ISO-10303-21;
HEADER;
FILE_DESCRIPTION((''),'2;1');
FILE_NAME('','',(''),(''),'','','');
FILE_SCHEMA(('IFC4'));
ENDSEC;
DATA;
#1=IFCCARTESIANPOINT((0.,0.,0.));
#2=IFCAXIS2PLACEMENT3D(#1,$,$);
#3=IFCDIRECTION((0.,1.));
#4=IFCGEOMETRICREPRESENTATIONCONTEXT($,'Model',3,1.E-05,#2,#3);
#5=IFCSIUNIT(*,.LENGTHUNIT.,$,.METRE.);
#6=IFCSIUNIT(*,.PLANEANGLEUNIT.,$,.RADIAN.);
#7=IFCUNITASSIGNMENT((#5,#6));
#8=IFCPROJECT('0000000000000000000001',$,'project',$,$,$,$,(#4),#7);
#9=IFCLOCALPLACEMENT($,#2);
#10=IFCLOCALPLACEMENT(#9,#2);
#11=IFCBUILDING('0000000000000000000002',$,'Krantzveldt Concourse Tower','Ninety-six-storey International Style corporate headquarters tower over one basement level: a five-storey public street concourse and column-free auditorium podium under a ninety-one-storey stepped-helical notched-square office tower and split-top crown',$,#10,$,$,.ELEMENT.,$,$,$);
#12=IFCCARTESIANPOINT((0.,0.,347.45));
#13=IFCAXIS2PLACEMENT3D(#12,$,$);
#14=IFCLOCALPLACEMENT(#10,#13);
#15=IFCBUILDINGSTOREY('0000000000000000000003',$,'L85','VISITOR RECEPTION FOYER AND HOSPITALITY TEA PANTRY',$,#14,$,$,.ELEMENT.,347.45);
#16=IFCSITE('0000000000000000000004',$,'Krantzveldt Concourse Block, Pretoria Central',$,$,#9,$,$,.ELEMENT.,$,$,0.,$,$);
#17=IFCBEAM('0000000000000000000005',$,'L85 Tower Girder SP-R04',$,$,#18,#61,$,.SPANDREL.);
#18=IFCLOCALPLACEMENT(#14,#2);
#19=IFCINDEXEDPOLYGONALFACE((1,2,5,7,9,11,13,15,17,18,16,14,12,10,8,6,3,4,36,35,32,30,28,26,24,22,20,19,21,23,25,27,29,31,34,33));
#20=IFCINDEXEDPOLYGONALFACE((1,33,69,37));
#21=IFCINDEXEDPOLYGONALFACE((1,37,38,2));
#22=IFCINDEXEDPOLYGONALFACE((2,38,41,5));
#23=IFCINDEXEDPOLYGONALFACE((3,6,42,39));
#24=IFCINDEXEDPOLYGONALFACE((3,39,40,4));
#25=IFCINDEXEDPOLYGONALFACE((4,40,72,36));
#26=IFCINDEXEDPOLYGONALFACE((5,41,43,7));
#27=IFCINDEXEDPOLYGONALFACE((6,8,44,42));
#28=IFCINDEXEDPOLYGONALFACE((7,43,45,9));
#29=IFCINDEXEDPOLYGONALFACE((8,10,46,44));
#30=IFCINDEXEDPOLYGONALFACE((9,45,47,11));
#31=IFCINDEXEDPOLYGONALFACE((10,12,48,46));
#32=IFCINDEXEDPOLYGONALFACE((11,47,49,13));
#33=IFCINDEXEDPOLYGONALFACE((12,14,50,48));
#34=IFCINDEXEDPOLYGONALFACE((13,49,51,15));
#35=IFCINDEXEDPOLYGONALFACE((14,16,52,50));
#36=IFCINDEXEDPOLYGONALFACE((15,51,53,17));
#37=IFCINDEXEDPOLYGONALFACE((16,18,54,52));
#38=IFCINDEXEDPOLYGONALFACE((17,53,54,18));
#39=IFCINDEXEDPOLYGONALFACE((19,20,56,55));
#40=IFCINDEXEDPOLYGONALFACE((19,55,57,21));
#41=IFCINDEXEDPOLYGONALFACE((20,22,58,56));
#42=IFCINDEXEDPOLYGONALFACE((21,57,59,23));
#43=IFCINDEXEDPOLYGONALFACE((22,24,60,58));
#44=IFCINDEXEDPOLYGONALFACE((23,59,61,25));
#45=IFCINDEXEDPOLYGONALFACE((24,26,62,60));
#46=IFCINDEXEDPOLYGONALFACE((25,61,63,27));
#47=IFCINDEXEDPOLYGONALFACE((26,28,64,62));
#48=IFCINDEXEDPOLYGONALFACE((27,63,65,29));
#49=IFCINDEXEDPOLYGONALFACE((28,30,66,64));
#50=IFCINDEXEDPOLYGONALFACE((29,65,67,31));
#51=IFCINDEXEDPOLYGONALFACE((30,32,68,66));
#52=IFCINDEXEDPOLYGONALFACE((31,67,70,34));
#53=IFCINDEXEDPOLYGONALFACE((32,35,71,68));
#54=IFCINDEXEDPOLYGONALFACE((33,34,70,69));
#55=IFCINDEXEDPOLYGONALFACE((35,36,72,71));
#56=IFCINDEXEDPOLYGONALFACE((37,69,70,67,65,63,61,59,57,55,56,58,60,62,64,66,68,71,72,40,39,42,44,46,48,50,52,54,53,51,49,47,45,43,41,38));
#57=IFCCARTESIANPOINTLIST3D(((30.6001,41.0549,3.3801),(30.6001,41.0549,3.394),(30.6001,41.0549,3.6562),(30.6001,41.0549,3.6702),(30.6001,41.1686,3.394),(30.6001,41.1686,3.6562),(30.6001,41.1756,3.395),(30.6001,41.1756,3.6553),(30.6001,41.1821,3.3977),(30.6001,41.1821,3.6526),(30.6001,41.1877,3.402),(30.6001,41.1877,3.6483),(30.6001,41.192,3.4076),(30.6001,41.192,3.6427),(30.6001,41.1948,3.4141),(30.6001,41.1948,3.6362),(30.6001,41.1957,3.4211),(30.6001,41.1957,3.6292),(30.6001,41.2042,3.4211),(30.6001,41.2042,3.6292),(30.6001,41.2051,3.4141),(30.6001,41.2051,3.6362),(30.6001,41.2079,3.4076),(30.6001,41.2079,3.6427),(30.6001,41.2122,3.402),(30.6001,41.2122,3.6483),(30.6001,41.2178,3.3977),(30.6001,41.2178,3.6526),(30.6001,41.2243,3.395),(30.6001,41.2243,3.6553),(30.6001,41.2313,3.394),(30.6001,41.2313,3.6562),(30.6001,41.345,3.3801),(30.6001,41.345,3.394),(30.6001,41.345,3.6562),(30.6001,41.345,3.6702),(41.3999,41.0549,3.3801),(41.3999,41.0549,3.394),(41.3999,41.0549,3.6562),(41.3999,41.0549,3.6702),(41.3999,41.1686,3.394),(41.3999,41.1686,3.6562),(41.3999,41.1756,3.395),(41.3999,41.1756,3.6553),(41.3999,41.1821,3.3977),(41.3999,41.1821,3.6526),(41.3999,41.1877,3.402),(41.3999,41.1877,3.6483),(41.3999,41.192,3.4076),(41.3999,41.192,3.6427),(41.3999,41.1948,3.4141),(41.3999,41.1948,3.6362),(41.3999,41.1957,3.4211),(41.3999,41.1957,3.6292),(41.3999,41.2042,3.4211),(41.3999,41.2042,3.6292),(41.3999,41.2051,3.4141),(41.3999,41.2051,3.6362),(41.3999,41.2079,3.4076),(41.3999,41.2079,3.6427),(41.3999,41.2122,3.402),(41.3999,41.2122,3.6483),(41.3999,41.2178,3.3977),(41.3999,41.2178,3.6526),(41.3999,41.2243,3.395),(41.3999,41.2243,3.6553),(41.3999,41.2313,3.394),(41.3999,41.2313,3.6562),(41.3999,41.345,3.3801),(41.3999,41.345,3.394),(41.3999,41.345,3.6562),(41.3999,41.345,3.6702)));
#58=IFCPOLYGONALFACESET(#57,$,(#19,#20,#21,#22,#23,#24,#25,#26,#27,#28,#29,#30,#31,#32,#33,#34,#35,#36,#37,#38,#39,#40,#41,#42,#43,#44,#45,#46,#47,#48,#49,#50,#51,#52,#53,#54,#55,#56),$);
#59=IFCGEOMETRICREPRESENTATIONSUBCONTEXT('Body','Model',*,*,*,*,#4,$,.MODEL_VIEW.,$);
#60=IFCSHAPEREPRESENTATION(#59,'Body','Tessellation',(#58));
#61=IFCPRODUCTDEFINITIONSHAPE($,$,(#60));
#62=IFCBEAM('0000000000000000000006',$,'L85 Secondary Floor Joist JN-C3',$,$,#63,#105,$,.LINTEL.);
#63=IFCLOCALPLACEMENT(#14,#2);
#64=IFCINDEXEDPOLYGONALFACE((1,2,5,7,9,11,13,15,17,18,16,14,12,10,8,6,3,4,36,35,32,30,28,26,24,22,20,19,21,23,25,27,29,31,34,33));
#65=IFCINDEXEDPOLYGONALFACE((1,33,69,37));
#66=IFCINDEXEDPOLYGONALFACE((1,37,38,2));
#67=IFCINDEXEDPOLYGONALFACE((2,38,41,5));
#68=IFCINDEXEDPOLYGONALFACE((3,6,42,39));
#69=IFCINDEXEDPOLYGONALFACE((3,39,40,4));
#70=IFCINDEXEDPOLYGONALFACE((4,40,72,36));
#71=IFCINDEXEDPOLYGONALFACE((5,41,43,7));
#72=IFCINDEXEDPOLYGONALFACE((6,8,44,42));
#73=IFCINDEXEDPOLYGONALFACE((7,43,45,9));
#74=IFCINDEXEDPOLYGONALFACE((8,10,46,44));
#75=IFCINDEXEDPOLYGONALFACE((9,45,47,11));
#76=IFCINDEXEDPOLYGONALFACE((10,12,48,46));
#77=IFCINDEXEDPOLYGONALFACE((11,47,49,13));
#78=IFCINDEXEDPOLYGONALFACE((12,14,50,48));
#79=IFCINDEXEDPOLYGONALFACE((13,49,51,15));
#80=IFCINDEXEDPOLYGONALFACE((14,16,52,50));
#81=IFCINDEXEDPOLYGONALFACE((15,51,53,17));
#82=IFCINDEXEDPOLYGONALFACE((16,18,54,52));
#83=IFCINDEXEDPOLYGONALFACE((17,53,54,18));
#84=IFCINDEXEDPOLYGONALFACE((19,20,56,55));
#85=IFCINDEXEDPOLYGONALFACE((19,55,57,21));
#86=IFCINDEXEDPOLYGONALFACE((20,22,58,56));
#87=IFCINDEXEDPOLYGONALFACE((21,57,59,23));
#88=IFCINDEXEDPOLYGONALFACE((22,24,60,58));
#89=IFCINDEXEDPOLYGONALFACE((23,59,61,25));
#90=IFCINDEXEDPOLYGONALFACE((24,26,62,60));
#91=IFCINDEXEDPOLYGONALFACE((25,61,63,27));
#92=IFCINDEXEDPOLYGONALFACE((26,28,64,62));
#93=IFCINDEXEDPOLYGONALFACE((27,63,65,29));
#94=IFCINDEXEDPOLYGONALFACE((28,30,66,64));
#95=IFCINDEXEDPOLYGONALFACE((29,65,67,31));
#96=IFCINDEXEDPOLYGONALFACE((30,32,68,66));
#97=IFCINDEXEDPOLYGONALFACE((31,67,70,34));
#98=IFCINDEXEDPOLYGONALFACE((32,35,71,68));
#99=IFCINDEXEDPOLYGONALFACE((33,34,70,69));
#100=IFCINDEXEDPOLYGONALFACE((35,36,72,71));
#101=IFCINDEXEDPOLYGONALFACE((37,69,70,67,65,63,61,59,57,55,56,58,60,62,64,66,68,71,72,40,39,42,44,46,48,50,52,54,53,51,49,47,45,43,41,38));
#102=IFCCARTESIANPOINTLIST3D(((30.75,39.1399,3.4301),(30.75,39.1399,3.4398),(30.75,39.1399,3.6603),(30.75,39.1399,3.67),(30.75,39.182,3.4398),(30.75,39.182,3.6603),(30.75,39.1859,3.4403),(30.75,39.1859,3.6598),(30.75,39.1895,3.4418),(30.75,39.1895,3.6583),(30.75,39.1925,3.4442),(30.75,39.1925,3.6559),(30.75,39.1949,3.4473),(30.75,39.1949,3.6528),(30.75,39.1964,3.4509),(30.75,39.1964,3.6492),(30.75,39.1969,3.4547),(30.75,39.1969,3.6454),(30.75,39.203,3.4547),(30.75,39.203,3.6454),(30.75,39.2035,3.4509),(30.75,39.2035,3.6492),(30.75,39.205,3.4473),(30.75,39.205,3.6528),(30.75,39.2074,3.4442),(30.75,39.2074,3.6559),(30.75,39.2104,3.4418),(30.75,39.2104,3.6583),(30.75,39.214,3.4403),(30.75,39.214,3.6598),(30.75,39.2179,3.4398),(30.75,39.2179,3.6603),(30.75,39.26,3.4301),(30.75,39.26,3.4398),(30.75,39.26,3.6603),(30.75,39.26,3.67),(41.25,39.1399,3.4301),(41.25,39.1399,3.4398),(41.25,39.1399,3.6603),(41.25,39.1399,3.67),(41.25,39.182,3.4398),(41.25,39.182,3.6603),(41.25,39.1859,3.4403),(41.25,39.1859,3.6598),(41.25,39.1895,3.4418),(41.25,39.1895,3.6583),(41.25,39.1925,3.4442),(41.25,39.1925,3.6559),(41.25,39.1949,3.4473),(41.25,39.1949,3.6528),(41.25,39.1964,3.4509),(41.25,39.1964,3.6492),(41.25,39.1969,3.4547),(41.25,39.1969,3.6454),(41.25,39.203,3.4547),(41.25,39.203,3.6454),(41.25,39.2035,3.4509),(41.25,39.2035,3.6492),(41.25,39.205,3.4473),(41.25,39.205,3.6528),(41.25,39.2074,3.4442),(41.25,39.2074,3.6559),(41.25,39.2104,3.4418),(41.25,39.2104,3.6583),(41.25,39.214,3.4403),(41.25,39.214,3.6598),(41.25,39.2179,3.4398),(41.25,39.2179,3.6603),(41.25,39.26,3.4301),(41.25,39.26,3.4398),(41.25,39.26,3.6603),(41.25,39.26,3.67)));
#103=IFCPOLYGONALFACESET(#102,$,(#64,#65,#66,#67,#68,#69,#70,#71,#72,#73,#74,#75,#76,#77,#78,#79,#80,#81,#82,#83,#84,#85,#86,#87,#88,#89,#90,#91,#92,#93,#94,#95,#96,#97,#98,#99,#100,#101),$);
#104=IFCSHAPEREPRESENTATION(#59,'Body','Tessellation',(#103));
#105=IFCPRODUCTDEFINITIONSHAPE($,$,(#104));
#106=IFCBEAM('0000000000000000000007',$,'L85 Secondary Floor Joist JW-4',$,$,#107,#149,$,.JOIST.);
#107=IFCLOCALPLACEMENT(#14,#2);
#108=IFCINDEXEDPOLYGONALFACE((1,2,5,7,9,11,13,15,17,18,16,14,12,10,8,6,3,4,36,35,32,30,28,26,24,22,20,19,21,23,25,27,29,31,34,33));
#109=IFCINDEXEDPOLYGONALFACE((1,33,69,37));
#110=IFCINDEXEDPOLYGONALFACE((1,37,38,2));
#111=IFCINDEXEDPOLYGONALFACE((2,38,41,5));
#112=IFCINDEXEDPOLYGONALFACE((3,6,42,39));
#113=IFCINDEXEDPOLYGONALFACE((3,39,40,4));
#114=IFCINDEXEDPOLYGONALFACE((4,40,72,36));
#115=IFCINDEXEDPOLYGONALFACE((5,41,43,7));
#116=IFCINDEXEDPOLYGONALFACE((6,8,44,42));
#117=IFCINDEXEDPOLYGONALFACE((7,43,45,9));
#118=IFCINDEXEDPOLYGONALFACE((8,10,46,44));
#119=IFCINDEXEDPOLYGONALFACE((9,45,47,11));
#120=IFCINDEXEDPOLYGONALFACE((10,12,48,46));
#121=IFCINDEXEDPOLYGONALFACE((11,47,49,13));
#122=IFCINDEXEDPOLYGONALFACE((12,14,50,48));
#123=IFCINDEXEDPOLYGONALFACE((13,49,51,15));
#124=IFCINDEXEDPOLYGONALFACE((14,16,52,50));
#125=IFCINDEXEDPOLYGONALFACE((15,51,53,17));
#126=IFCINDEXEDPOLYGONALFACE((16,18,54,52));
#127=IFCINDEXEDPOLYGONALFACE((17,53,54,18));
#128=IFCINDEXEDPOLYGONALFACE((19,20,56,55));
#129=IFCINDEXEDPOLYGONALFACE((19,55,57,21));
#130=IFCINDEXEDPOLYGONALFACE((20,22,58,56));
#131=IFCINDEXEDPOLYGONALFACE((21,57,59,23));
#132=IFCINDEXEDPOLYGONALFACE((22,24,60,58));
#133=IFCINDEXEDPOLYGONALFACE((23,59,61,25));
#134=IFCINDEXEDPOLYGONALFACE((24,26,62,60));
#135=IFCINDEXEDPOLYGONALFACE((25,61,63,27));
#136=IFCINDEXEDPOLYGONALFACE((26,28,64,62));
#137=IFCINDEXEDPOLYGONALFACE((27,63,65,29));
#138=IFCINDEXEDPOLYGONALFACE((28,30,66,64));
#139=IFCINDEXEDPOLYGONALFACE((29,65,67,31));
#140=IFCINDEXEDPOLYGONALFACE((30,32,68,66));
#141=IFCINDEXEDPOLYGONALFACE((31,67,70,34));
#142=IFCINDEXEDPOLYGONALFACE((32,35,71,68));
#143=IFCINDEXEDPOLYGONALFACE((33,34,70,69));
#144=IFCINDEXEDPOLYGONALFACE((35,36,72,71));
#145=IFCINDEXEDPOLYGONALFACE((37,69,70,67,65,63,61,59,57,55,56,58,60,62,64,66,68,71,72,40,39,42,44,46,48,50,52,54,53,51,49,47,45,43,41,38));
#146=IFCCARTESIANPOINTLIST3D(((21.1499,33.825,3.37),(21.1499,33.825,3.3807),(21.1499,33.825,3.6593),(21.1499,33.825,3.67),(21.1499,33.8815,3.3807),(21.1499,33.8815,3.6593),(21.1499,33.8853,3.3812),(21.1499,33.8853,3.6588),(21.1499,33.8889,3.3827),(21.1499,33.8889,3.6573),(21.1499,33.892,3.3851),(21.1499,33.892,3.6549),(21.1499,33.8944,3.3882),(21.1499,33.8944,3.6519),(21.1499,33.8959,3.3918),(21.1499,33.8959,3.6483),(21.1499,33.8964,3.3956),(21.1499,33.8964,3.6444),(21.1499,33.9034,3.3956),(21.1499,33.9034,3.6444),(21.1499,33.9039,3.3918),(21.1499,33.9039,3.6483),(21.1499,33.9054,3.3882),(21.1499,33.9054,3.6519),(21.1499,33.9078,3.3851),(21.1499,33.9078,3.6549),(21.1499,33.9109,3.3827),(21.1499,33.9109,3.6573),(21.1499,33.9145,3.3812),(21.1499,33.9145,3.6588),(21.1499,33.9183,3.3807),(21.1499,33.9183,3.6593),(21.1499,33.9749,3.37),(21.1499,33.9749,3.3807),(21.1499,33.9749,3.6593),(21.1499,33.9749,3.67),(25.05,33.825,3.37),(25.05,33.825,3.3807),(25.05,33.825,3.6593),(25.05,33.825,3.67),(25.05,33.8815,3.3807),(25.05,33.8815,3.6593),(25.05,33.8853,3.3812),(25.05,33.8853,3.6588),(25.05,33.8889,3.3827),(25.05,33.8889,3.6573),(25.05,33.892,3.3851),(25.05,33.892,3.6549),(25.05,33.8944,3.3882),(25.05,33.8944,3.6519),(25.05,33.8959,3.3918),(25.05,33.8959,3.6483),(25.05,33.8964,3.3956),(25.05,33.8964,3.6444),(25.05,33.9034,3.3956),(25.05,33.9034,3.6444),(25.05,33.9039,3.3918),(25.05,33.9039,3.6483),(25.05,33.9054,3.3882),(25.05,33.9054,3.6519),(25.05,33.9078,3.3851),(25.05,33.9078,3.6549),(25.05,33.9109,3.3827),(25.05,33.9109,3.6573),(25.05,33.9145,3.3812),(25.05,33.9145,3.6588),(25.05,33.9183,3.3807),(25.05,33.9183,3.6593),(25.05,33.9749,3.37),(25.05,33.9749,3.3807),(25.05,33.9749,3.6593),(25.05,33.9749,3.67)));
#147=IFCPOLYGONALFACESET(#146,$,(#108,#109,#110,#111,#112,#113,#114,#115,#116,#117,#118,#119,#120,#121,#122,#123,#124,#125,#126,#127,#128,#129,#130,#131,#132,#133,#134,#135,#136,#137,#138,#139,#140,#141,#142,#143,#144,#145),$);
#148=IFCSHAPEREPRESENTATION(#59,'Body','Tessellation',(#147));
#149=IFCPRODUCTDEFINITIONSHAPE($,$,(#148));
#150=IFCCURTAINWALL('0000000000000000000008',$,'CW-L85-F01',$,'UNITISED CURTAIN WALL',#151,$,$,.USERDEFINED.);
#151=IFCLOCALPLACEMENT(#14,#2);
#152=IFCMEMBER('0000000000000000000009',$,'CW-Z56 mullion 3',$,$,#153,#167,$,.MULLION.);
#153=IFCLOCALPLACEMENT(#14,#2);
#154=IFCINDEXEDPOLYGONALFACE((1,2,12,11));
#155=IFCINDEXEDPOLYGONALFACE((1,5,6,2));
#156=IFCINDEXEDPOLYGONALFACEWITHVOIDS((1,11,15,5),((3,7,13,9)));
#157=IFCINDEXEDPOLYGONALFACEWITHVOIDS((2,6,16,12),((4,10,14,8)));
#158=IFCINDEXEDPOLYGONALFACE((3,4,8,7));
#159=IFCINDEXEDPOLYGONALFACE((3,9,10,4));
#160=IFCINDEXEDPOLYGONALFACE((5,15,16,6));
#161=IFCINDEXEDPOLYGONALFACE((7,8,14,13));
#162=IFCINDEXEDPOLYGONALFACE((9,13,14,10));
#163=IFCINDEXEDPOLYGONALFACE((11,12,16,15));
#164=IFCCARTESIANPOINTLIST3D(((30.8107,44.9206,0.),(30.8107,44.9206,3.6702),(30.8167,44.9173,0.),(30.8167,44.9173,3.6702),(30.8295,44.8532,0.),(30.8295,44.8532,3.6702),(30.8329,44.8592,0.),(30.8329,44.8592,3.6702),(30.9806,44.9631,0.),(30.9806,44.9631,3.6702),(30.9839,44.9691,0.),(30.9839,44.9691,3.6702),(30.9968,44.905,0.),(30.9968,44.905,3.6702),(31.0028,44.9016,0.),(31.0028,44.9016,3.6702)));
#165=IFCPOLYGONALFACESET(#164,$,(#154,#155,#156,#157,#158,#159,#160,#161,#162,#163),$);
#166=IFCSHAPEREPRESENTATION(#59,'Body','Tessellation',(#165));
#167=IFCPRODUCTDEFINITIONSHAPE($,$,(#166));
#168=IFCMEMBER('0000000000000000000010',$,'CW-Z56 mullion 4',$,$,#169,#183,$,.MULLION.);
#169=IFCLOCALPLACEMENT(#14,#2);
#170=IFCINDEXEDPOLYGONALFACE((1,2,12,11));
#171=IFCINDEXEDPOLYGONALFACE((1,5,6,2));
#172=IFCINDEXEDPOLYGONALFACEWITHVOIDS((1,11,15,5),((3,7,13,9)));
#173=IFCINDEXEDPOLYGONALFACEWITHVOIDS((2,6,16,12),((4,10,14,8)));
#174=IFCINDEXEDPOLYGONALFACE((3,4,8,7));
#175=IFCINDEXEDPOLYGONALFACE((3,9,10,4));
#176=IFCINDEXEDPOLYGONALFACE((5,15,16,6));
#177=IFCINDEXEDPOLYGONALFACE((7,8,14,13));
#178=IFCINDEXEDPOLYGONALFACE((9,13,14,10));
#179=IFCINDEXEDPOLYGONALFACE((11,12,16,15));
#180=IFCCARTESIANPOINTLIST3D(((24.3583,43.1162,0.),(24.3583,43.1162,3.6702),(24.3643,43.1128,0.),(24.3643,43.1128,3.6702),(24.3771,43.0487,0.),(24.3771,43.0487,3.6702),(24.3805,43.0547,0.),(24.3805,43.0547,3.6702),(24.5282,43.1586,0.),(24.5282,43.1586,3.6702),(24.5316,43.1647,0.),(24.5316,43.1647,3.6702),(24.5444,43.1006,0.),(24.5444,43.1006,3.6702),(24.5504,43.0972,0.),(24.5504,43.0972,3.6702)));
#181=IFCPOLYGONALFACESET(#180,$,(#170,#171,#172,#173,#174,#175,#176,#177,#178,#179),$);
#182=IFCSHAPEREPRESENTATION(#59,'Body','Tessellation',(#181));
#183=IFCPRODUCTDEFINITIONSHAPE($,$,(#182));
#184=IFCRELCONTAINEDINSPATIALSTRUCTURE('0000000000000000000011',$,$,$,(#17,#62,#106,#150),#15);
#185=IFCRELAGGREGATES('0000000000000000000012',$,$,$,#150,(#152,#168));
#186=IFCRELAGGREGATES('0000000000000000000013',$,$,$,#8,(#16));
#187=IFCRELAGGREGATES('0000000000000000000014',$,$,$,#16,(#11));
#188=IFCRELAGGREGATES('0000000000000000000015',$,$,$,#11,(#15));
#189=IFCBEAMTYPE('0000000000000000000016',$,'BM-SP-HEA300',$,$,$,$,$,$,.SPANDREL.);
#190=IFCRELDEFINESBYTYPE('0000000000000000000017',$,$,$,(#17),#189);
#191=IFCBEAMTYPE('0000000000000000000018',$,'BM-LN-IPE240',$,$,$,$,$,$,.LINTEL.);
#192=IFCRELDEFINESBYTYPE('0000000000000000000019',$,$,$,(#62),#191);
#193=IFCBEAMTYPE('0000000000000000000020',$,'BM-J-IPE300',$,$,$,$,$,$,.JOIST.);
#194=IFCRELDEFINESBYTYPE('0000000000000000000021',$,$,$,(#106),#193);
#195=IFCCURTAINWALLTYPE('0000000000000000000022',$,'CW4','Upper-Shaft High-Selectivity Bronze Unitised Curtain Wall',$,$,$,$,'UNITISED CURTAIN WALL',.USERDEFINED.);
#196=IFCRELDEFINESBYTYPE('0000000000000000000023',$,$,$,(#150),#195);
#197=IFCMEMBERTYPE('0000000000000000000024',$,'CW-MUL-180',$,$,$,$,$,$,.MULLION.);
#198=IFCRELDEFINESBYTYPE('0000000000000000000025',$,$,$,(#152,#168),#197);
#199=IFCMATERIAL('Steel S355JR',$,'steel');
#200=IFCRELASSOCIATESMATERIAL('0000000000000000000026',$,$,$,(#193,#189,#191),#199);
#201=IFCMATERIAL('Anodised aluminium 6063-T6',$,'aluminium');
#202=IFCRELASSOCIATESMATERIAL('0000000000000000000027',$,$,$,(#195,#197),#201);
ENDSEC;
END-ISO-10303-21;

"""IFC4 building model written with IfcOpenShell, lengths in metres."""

from ifc_helpers import new_model, si_unit, direction, frame, origin, origin_2d, place, context, subcontext, project, spatial, hollow_rectangle, i_section, extrude, source, transform, mapped, material, material_profile, profile_set, type_object, type_shapes, element, aggregate, save


model = new_model("IFC4")

# Units and contexts
model_context = context("Model", 3, precision=1e-05, world=origin(), true_north=direction((0.0, 1.0)))
body_context = subcontext(model_context, "Body", "Model", "MODEL_VIEW")
ifc_project = project(units=[si_unit("LENGTHUNIT", "METRE"), si_unit("PLANEANGLEUNIT", "RADIAN")], contexts=[model_context])

# Site, building, storey
site_placement = place(None, origin())
site = spatial("IfcSite", under=ifc_project, at=site_placement, Name="Krantzveldt Concourse Block, Pretoria Central", CompositionType="ELEMENT", RefElevation=0.0)
building_placement = place(site_placement, origin())
building = spatial("IfcBuilding", under=site, at=building_placement, Name="Krantzveldt Concourse Tower", Description="Ninety-six-storey International Style corporate headquarters tower over one basement level: a five-storey public street concourse and column-free auditorium podium under a ninety-one-storey stepped-helical notched-square office tower and split-top crown", CompositionType="ELEMENT")
storey_placement = place(building_placement, frame((0.0, 0.0, 347.45)))
storey = spatial("IfcBuildingStorey", under=building, at=storey_placement, Name="L85", Description="VISITOR RECEPTION FOYER AND HOSPITALITY TEA PANTRY", CompositionType="ELEMENT", Elevation=347.45)

# Beams
ifc_material_1 = material(Name="Steel S355JR", Category="steel")
ifc_material_profile_1 = material_profile(ifc_material_1, i_section(OverallWidth=0.1499, OverallDepth=0.3, WebThickness=0.0071, FlangeThickness=0.0107, FilletRadius=0.0149, at=origin_2d()), Name="Steel S355JR", Category="steel")
ifc_profile_set_1 = profile_set([ifc_material_profile_1], Name="Steel S355JR - IPE 300")
beam_type_1 = type_object("IfcBeamType", Name="BM-J-IPE300", PredefinedType="JOIST", material=ifc_profile_set_1)
ifc_material_profile_2 = material_profile(ifc_material_1, i_section(OverallWidth=0.29, OverallDepth=0.29, WebThickness=0.0085, FlangeThickness=0.0139, FilletRadius=0.0271, at=origin_2d()), Name="Steel S355JR", Category="steel")
ifc_profile_set_2 = profile_set([ifc_material_profile_2], Name="Steel S355JR - HEA 300")
beam_type_2 = type_object("IfcBeamType", Name="BM-SP-HEA300", PredefinedType="SPANDREL", material=ifc_profile_set_2)
shared_shape_1 = source(origin(), body_context, "Body", "SweptSolid", [
    extrude(i_section(OverallWidth=0.29, OverallDepth=0.29, WebThickness=0.0085, FlangeThickness=0.0139, FilletRadius=0.0271, at=origin_2d()), origin(), (0.0, 0.0, 1.0), 10.7998),
])
beam_1_placement = place(storey_placement, frame((30.6001, 41.2, 3.5251), z_axis=(1.0, 0.0, 0.0), x_axis=(0.0, 1.0, 0.0)))
element("IfcBeam", 1, at=beam_1_placement, inside=storey, type_object=beam_type_2, Name="L85 Tower Girder SP-R04", PredefinedType="SPANDREL", context=body_context, shape_type="MappedRepresentation", body=[
    mapped(shared_shape_1, transform((0.0, 0.0, 0.0), x_axis=(1.0, 0.0, 0.0), y_axis=(0.0, 1.0, 0.0), z_axis=(0.0, 0.0, 1.0), scale=1.0)),
])
ifc_material_profile_3 = material_profile(ifc_material_1, i_section(OverallWidth=0.1201, OverallDepth=0.24, WebThickness=0.0061, FlangeThickness=0.0098, FilletRadius=0.0149, at=origin_2d()), Name="Steel S355JR", Category="steel")
ifc_profile_set_3 = profile_set([ifc_material_profile_3], Name="Steel S355JR - IPE 240")
beam_type_3 = type_object("IfcBeamType", Name="BM-LN-IPE240", PredefinedType="LINTEL", material=ifc_profile_set_3)
shared_shape_2 = source(origin(), body_context, "Body", "SweptSolid", [
    extrude(i_section(OverallWidth=0.1201, OverallDepth=0.24, WebThickness=0.0061, FlangeThickness=0.0098, FilletRadius=0.0149, at=origin_2d()), origin(), (0.0, 0.0, 1.0), 10.5),
])
type_shapes(beam_type_3, [shared_shape_2])
beam_2_placement = place(storey_placement, frame((30.75, 39.2, 3.55), z_axis=(1.0, 0.0, 0.0), x_axis=(0.0, 1.0, 0.0)))
element("IfcBeam", 2, at=beam_2_placement, inside=storey, type_object=beam_type_3, Name="L85 Secondary Floor Joist JN-C3", PredefinedType="LINTEL", context=body_context, shape_type="MappedRepresentation", body=[
    mapped(shared_shape_2, transform((0.0, 0.0, 0.0), x_axis=(1.0, 0.0, 0.0), y_axis=(0.0, 1.0, 0.0), z_axis=(0.0, 0.0, 1.0), scale=1.0)),
])
shared_shape_3 = source(origin(), body_context, "Body", "SweptSolid", [
    extrude(i_section(OverallWidth=0.1499, OverallDepth=0.3, WebThickness=0.0071, FlangeThickness=0.0107, FilletRadius=0.0149, at=origin_2d()), origin(), (0.0, 0.0, 1.0), 3.9001),
])
beam_3_placement = place(storey_placement, frame((21.1499, 33.8999, 3.52), z_axis=(1.0, 0.0, 0.0), x_axis=(0.0, 1.0, 0.0)))
element("IfcBeam", 3, at=beam_3_placement, inside=storey, type_object=beam_type_1, Name="L85 Secondary Floor Joist JW-4", PredefinedType="JOIST", context=body_context, shape_type="MappedRepresentation", body=[
    mapped(shared_shape_3, transform((0.0, 0.0, 0.0), x_axis=(1.0, 0.0, 0.0), y_axis=(0.0, 1.0, 0.0), z_axis=(0.0, 0.0, 1.0), scale=1.0)),
])

# Curtain wall, members
ifc_material_2 = material(Name="Anodised aluminium 6063-T6", Category="aluminium")
curtain_wall_type = type_object("IfcCurtainWallType", Name="CW4", Description="Upper-Shaft High-Selectivity Bronze Unitised Curtain Wall", ElementType="UNITISED CURTAIN WALL", PredefinedType="USERDEFINED", material=ifc_material_2)
curtain_wall_1_placement = place(storey_placement, origin())
curtain_wall_1 = element("IfcCurtainWall", 4, at=curtain_wall_1_placement, inside=storey, type_object=curtain_wall_type, Name="CW-L85-F01", ObjectType="UNITISED CURTAIN WALL", PredefinedType="USERDEFINED")
ifc_material_profile_4 = material_profile(ifc_material_2, hollow_rectangle(XDim=0.0701, YDim=0.1799, WallThickness=0.0049, at=origin_2d()), Name="Anodised aluminium 6063-T6", Category="aluminium")
ifc_profile_set_4 = profile_set([ifc_material_profile_4], Name="Anodised aluminium 6063-T6 - ALU-MULL 180x70x5")
member_type_1 = type_object("IfcMemberType", Name="CW-MUL-180", PredefinedType="MULLION", material=ifc_profile_set_4)
shared_shape_4 = source(origin(), body_context, "Body", "SweptSolid", [
    extrude(hollow_rectangle(XDim=0.0701, YDim=0.1799, WallThickness=0.0049, at=origin_2d()), origin(), (0.0, 0.0, 1.0), 3.6702),
])
type_shapes(member_type_1, [shared_shape_4])
member_1_placement = place(storey_placement, frame((30.9067, 44.9111, 0.0), z_axis=(0.0, 0.0, 1.0), x_axis=(0.26934, -0.963045, 0.0)))
member_1 = element("IfcMember", 5, at=member_1_placement, type_object=member_type_1, Name="CW-Z56 mullion 3", PredefinedType="MULLION", context=body_context, shape_type="MappedRepresentation", body=[
    mapped(shared_shape_4, transform((0.0, 0.0, 0.0), x_axis=(1.0, 0.0, 0.0), y_axis=(0.0, 1.0, 0.0), z_axis=(0.0, 0.0, 1.0), scale=1.0)),
])
member_2_placement = place(storey_placement, frame((24.4543, 43.1067, 0.0), z_axis=(0.0, 0.0, 1.0), x_axis=(0.26934, -0.963045, 0.0)))
member_2 = element("IfcMember", 6, at=member_2_placement, type_object=member_type_1, Name="CW-Z56 mullion 4", PredefinedType="MULLION", context=body_context, shape_type="MappedRepresentation", body=[
    mapped(shared_shape_4, transform((0.0, 0.0, 0.0), x_axis=(1.0, 0.0, 0.0), y_axis=(0.0, 1.0, 0.0), z_axis=(0.0, 0.0, 1.0), scale=1.0)),
])

aggregate(curtain_wall_1, [member_1, member_2])

save(model, "model.ifc")
